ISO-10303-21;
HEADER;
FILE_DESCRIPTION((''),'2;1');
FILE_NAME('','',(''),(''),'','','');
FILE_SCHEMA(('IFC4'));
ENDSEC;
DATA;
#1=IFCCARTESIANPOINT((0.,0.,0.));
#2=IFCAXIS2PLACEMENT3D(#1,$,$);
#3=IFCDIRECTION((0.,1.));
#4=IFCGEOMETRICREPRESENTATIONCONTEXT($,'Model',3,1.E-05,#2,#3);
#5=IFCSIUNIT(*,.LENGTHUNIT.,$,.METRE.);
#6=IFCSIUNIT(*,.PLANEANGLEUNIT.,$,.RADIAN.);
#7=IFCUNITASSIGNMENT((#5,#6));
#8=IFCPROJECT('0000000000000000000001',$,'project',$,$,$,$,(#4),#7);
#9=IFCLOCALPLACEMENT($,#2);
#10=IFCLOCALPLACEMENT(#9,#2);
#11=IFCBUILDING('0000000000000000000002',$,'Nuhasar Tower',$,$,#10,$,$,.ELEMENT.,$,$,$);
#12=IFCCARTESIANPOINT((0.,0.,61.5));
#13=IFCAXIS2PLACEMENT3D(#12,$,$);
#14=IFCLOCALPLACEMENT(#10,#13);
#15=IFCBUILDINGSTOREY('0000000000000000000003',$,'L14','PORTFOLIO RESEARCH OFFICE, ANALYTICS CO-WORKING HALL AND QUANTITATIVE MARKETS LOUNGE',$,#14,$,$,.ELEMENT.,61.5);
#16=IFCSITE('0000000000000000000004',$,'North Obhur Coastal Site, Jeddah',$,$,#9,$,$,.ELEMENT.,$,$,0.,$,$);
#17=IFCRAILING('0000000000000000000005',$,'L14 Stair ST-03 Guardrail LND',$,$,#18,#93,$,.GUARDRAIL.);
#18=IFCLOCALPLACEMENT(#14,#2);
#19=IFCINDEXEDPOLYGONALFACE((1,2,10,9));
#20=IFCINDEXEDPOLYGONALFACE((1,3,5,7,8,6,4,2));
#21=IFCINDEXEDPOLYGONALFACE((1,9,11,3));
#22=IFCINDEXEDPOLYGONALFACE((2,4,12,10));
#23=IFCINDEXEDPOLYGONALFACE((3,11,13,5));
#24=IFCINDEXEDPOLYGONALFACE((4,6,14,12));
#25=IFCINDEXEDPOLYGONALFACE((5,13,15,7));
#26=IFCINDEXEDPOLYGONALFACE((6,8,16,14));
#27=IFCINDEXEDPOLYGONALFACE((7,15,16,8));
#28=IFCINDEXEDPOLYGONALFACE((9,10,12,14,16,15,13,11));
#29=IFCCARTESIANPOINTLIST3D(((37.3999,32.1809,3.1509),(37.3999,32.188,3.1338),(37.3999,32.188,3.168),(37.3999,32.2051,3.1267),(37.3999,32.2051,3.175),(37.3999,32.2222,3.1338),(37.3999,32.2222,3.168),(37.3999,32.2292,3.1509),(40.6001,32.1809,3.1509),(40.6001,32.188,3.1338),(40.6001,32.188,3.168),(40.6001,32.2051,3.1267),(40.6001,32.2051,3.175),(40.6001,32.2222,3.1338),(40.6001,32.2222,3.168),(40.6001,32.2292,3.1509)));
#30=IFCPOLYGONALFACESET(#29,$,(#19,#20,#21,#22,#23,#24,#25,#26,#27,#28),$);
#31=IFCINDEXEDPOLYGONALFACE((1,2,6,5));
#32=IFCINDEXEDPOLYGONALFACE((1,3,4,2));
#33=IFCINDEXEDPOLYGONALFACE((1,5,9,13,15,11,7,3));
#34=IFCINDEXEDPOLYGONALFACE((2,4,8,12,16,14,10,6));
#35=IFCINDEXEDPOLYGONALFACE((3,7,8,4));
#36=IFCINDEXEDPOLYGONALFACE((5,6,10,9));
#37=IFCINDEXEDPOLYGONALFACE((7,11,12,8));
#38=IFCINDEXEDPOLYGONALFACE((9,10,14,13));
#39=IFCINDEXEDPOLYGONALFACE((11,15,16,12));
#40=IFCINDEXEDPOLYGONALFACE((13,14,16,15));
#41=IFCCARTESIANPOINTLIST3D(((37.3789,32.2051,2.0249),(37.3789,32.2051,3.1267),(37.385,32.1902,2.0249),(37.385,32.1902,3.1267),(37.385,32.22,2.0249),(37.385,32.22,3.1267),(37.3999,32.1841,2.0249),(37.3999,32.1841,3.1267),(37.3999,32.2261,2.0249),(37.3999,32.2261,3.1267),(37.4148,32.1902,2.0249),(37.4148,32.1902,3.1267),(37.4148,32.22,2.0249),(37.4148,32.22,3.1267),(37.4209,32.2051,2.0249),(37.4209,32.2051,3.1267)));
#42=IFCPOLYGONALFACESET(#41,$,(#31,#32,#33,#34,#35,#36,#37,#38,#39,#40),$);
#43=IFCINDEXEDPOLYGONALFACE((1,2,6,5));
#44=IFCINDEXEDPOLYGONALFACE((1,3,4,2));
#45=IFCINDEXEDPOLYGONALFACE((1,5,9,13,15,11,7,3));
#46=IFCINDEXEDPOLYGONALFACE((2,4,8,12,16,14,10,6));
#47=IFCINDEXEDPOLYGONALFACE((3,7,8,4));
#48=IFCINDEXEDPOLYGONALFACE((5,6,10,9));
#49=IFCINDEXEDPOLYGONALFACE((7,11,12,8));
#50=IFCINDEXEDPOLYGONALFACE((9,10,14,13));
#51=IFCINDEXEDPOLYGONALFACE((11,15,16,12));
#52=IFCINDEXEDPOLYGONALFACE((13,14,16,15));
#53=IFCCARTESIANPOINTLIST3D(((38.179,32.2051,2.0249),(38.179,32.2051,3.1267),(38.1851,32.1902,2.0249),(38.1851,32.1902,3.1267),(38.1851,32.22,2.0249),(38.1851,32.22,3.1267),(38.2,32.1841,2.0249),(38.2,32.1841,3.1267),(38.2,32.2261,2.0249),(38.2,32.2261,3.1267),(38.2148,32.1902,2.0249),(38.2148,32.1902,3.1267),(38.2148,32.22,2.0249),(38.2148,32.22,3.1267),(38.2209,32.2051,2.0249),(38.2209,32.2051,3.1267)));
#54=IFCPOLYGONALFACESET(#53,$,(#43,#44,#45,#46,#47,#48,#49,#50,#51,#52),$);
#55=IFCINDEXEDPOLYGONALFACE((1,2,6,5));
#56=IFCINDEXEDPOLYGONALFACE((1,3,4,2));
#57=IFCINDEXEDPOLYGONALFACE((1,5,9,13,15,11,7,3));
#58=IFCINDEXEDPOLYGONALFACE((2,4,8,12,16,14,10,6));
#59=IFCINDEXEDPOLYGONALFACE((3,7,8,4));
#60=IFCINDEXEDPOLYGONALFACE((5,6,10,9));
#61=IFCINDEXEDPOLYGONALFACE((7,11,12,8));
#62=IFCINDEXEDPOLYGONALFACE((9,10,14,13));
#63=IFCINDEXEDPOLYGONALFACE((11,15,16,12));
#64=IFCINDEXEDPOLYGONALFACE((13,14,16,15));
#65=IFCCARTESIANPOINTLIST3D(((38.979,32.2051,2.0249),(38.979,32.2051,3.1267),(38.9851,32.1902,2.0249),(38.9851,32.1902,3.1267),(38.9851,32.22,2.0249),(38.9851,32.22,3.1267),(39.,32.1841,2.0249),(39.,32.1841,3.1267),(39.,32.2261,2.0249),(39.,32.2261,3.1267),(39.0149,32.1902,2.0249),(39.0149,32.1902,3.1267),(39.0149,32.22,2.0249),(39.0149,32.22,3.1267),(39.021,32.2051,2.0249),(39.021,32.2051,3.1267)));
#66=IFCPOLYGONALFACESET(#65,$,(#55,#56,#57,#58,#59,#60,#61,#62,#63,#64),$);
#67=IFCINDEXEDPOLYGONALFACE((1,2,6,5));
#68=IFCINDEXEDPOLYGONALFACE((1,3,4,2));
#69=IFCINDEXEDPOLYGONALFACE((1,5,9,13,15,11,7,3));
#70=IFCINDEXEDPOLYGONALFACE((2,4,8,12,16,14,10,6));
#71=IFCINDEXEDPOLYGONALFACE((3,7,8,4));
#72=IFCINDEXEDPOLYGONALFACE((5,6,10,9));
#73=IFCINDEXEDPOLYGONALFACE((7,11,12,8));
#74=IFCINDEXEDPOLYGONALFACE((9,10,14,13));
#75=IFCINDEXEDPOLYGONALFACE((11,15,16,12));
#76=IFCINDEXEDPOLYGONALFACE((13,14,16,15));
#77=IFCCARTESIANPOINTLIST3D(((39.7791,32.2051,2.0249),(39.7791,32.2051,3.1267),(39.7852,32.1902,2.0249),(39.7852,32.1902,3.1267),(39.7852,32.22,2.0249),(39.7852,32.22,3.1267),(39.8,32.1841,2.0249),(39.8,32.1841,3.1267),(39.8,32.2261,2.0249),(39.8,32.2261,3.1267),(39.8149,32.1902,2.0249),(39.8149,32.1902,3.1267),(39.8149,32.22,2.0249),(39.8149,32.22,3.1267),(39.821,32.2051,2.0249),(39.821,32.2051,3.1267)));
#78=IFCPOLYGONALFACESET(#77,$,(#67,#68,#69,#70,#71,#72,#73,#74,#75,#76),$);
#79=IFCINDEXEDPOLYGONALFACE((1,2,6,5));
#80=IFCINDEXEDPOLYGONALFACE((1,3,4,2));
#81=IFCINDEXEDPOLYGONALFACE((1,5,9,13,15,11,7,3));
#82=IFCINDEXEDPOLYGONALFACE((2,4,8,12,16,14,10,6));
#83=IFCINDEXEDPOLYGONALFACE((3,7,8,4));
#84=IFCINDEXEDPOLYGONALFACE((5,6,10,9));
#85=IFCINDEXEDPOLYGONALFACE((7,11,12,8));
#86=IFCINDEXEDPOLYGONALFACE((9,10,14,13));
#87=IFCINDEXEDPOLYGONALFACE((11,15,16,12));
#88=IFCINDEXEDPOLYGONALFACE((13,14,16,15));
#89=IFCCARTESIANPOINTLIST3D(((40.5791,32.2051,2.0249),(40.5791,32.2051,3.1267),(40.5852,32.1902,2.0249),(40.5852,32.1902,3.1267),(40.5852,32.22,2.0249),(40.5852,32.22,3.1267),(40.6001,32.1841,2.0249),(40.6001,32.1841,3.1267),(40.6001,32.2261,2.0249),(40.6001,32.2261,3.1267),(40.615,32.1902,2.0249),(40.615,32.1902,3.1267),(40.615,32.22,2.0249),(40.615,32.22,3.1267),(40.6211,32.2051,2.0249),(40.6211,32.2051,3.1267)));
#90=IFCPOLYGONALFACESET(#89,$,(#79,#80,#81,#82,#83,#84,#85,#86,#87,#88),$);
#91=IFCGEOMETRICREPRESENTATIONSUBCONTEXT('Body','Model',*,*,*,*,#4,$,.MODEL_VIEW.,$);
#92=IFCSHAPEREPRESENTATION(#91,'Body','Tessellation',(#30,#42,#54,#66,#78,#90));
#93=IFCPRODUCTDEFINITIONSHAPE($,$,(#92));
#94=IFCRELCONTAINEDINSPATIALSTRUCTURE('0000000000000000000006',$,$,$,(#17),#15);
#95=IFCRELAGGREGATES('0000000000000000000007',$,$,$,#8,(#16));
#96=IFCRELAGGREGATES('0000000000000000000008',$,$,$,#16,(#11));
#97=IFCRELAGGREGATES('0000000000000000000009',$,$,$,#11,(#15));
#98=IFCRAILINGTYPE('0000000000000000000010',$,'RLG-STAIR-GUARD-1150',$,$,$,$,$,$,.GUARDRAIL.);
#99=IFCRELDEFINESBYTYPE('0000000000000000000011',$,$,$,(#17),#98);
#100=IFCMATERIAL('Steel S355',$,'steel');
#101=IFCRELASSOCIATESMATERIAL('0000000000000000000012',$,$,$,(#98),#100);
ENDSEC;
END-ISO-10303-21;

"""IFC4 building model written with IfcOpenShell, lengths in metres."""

from ifc_helpers import new_model, si_unit, direction, frame, origin, place, context, subcontext, project, spatial, polyline, outline, extrude, material, type_object, element, save


model = new_model("IFC4")

# Units and contexts
model_context = context("Model", 3, precision=1e-05, world=origin(), true_north=direction((0.0, 1.0)))
body_context = subcontext(model_context, "Body", "Model", "MODEL_VIEW")
ifc_project = project(units=[si_unit("LENGTHUNIT", "METRE"), si_unit("PLANEANGLEUNIT", "RADIAN")], contexts=[model_context])

# Site, building, storey
site_placement = place(None, origin())
site = spatial("IfcSite", under=ifc_project, at=site_placement, Name="North Obhur Coastal Site, Jeddah", CompositionType="ELEMENT", RefElevation=0.0)
building_placement = place(site_placement, origin())
building = spatial("IfcBuilding", under=site, at=building_placement, Name="Nuhasar Tower", CompositionType="ELEMENT")
storey_placement = place(building_placement, frame((0.0, 0.0, 61.5)))
storey = spatial("IfcBuildingStorey", under=building, at=storey_placement, Name="L14", Description="PORTFOLIO RESEARCH OFFICE, ANALYTICS CO-WORKING HALL AND QUANTITATIVE MARKETS LOUNGE", CompositionType="ELEMENT", Elevation=61.5)

# Shared definitions
ifc_material_1 = material(Name="Steel S355", Category="steel")

# Railing
railing_type_1 = type_object("IfcRailingType", Name="RLG-STAIR-GUARD-1150", PredefinedType="GUARDRAIL", material=ifc_material_1)
railing_1_placement = place(storey_placement, frame((37.3999, 32.2051, 2.0249)))
element("IfcRailing", 1, at=railing_1_placement, inside=storey, type_object=railing_type_1, Name="L14 Stair ST-03 Guardrail LND", PredefinedType="GUARDRAIL", context=body_context, shape_type="SweptSolid", body=[
    extrude(outline(polyline([(0.0242, 0.0), (0.0171, 0.0171), (0.0, 0.0242), (-0.0171, 0.0171), (-0.0242, 0.0), (-0.0171, -0.0171), (0.0, -0.0242), (0.0171, -0.0171), (0.0242, 0.0)])), frame((0.0, 0.0, 1.126), z_axis=(1.0, 0.0, 0.0), x_axis=(0.0, 1.0, 0.0)), (0.0, 0.0, 1.0), 3.2002),
    extrude(outline(polyline([(0.021, 0.0), (0.0149, 0.0149), (0.0, 0.021), (-0.0149, 0.0149), (-0.021, 0.0), (-0.0149, -0.0149), (0.0, -0.021), (0.0149, -0.0149), (0.021, 0.0)])), origin(), (0.0, 0.0, 1.0), 1.1018),
    extrude(outline(polyline([(0.021, 0.0), (0.0149, 0.0149), (0.0, 0.021), (-0.0149, 0.0149), (-0.021, 0.0), (-0.0149, -0.0149), (0.0, -0.021), (0.0149, -0.0149), (0.021, 0.0)])), frame((0.8, 0.0, 0.0)), (0.0, 0.0, 1.0), 1.1018),
    extrude(outline(polyline([(0.021, 0.0), (0.0149, 0.0149), (0.0, 0.021), (-0.0149, 0.0149), (-0.021, 0.0), (-0.0149, -0.0149), (0.0, -0.021), (0.0149, -0.0149), (0.021, 0.0)])), frame((1.6001, 0.0, 0.0)), (0.0, 0.0, 1.0), 1.1018),
    extrude(outline(polyline([(0.021, 0.0), (0.0149, 0.0149), (0.0, 0.021), (-0.0149, 0.0149), (-0.021, 0.0), (-0.0149, -0.0149), (0.0, -0.021), (0.0149, -0.0149), (0.021, 0.0)])), frame((2.4001, 0.0, 0.0)), (0.0, 0.0, 1.0), 1.1018),
    extrude(outline(polyline([(0.021, 0.0), (0.0149, 0.0149), (0.0, 0.021), (-0.0149, 0.0149), (-0.021, 0.0), (-0.0149, -0.0149), (0.0, -0.021), (0.0149, -0.0149), (0.021, 0.0)])), frame((3.2002, 0.0, 0.0)), (0.0, 0.0, 1.0), 1.1018),
])

save(model, "model.ifc")
